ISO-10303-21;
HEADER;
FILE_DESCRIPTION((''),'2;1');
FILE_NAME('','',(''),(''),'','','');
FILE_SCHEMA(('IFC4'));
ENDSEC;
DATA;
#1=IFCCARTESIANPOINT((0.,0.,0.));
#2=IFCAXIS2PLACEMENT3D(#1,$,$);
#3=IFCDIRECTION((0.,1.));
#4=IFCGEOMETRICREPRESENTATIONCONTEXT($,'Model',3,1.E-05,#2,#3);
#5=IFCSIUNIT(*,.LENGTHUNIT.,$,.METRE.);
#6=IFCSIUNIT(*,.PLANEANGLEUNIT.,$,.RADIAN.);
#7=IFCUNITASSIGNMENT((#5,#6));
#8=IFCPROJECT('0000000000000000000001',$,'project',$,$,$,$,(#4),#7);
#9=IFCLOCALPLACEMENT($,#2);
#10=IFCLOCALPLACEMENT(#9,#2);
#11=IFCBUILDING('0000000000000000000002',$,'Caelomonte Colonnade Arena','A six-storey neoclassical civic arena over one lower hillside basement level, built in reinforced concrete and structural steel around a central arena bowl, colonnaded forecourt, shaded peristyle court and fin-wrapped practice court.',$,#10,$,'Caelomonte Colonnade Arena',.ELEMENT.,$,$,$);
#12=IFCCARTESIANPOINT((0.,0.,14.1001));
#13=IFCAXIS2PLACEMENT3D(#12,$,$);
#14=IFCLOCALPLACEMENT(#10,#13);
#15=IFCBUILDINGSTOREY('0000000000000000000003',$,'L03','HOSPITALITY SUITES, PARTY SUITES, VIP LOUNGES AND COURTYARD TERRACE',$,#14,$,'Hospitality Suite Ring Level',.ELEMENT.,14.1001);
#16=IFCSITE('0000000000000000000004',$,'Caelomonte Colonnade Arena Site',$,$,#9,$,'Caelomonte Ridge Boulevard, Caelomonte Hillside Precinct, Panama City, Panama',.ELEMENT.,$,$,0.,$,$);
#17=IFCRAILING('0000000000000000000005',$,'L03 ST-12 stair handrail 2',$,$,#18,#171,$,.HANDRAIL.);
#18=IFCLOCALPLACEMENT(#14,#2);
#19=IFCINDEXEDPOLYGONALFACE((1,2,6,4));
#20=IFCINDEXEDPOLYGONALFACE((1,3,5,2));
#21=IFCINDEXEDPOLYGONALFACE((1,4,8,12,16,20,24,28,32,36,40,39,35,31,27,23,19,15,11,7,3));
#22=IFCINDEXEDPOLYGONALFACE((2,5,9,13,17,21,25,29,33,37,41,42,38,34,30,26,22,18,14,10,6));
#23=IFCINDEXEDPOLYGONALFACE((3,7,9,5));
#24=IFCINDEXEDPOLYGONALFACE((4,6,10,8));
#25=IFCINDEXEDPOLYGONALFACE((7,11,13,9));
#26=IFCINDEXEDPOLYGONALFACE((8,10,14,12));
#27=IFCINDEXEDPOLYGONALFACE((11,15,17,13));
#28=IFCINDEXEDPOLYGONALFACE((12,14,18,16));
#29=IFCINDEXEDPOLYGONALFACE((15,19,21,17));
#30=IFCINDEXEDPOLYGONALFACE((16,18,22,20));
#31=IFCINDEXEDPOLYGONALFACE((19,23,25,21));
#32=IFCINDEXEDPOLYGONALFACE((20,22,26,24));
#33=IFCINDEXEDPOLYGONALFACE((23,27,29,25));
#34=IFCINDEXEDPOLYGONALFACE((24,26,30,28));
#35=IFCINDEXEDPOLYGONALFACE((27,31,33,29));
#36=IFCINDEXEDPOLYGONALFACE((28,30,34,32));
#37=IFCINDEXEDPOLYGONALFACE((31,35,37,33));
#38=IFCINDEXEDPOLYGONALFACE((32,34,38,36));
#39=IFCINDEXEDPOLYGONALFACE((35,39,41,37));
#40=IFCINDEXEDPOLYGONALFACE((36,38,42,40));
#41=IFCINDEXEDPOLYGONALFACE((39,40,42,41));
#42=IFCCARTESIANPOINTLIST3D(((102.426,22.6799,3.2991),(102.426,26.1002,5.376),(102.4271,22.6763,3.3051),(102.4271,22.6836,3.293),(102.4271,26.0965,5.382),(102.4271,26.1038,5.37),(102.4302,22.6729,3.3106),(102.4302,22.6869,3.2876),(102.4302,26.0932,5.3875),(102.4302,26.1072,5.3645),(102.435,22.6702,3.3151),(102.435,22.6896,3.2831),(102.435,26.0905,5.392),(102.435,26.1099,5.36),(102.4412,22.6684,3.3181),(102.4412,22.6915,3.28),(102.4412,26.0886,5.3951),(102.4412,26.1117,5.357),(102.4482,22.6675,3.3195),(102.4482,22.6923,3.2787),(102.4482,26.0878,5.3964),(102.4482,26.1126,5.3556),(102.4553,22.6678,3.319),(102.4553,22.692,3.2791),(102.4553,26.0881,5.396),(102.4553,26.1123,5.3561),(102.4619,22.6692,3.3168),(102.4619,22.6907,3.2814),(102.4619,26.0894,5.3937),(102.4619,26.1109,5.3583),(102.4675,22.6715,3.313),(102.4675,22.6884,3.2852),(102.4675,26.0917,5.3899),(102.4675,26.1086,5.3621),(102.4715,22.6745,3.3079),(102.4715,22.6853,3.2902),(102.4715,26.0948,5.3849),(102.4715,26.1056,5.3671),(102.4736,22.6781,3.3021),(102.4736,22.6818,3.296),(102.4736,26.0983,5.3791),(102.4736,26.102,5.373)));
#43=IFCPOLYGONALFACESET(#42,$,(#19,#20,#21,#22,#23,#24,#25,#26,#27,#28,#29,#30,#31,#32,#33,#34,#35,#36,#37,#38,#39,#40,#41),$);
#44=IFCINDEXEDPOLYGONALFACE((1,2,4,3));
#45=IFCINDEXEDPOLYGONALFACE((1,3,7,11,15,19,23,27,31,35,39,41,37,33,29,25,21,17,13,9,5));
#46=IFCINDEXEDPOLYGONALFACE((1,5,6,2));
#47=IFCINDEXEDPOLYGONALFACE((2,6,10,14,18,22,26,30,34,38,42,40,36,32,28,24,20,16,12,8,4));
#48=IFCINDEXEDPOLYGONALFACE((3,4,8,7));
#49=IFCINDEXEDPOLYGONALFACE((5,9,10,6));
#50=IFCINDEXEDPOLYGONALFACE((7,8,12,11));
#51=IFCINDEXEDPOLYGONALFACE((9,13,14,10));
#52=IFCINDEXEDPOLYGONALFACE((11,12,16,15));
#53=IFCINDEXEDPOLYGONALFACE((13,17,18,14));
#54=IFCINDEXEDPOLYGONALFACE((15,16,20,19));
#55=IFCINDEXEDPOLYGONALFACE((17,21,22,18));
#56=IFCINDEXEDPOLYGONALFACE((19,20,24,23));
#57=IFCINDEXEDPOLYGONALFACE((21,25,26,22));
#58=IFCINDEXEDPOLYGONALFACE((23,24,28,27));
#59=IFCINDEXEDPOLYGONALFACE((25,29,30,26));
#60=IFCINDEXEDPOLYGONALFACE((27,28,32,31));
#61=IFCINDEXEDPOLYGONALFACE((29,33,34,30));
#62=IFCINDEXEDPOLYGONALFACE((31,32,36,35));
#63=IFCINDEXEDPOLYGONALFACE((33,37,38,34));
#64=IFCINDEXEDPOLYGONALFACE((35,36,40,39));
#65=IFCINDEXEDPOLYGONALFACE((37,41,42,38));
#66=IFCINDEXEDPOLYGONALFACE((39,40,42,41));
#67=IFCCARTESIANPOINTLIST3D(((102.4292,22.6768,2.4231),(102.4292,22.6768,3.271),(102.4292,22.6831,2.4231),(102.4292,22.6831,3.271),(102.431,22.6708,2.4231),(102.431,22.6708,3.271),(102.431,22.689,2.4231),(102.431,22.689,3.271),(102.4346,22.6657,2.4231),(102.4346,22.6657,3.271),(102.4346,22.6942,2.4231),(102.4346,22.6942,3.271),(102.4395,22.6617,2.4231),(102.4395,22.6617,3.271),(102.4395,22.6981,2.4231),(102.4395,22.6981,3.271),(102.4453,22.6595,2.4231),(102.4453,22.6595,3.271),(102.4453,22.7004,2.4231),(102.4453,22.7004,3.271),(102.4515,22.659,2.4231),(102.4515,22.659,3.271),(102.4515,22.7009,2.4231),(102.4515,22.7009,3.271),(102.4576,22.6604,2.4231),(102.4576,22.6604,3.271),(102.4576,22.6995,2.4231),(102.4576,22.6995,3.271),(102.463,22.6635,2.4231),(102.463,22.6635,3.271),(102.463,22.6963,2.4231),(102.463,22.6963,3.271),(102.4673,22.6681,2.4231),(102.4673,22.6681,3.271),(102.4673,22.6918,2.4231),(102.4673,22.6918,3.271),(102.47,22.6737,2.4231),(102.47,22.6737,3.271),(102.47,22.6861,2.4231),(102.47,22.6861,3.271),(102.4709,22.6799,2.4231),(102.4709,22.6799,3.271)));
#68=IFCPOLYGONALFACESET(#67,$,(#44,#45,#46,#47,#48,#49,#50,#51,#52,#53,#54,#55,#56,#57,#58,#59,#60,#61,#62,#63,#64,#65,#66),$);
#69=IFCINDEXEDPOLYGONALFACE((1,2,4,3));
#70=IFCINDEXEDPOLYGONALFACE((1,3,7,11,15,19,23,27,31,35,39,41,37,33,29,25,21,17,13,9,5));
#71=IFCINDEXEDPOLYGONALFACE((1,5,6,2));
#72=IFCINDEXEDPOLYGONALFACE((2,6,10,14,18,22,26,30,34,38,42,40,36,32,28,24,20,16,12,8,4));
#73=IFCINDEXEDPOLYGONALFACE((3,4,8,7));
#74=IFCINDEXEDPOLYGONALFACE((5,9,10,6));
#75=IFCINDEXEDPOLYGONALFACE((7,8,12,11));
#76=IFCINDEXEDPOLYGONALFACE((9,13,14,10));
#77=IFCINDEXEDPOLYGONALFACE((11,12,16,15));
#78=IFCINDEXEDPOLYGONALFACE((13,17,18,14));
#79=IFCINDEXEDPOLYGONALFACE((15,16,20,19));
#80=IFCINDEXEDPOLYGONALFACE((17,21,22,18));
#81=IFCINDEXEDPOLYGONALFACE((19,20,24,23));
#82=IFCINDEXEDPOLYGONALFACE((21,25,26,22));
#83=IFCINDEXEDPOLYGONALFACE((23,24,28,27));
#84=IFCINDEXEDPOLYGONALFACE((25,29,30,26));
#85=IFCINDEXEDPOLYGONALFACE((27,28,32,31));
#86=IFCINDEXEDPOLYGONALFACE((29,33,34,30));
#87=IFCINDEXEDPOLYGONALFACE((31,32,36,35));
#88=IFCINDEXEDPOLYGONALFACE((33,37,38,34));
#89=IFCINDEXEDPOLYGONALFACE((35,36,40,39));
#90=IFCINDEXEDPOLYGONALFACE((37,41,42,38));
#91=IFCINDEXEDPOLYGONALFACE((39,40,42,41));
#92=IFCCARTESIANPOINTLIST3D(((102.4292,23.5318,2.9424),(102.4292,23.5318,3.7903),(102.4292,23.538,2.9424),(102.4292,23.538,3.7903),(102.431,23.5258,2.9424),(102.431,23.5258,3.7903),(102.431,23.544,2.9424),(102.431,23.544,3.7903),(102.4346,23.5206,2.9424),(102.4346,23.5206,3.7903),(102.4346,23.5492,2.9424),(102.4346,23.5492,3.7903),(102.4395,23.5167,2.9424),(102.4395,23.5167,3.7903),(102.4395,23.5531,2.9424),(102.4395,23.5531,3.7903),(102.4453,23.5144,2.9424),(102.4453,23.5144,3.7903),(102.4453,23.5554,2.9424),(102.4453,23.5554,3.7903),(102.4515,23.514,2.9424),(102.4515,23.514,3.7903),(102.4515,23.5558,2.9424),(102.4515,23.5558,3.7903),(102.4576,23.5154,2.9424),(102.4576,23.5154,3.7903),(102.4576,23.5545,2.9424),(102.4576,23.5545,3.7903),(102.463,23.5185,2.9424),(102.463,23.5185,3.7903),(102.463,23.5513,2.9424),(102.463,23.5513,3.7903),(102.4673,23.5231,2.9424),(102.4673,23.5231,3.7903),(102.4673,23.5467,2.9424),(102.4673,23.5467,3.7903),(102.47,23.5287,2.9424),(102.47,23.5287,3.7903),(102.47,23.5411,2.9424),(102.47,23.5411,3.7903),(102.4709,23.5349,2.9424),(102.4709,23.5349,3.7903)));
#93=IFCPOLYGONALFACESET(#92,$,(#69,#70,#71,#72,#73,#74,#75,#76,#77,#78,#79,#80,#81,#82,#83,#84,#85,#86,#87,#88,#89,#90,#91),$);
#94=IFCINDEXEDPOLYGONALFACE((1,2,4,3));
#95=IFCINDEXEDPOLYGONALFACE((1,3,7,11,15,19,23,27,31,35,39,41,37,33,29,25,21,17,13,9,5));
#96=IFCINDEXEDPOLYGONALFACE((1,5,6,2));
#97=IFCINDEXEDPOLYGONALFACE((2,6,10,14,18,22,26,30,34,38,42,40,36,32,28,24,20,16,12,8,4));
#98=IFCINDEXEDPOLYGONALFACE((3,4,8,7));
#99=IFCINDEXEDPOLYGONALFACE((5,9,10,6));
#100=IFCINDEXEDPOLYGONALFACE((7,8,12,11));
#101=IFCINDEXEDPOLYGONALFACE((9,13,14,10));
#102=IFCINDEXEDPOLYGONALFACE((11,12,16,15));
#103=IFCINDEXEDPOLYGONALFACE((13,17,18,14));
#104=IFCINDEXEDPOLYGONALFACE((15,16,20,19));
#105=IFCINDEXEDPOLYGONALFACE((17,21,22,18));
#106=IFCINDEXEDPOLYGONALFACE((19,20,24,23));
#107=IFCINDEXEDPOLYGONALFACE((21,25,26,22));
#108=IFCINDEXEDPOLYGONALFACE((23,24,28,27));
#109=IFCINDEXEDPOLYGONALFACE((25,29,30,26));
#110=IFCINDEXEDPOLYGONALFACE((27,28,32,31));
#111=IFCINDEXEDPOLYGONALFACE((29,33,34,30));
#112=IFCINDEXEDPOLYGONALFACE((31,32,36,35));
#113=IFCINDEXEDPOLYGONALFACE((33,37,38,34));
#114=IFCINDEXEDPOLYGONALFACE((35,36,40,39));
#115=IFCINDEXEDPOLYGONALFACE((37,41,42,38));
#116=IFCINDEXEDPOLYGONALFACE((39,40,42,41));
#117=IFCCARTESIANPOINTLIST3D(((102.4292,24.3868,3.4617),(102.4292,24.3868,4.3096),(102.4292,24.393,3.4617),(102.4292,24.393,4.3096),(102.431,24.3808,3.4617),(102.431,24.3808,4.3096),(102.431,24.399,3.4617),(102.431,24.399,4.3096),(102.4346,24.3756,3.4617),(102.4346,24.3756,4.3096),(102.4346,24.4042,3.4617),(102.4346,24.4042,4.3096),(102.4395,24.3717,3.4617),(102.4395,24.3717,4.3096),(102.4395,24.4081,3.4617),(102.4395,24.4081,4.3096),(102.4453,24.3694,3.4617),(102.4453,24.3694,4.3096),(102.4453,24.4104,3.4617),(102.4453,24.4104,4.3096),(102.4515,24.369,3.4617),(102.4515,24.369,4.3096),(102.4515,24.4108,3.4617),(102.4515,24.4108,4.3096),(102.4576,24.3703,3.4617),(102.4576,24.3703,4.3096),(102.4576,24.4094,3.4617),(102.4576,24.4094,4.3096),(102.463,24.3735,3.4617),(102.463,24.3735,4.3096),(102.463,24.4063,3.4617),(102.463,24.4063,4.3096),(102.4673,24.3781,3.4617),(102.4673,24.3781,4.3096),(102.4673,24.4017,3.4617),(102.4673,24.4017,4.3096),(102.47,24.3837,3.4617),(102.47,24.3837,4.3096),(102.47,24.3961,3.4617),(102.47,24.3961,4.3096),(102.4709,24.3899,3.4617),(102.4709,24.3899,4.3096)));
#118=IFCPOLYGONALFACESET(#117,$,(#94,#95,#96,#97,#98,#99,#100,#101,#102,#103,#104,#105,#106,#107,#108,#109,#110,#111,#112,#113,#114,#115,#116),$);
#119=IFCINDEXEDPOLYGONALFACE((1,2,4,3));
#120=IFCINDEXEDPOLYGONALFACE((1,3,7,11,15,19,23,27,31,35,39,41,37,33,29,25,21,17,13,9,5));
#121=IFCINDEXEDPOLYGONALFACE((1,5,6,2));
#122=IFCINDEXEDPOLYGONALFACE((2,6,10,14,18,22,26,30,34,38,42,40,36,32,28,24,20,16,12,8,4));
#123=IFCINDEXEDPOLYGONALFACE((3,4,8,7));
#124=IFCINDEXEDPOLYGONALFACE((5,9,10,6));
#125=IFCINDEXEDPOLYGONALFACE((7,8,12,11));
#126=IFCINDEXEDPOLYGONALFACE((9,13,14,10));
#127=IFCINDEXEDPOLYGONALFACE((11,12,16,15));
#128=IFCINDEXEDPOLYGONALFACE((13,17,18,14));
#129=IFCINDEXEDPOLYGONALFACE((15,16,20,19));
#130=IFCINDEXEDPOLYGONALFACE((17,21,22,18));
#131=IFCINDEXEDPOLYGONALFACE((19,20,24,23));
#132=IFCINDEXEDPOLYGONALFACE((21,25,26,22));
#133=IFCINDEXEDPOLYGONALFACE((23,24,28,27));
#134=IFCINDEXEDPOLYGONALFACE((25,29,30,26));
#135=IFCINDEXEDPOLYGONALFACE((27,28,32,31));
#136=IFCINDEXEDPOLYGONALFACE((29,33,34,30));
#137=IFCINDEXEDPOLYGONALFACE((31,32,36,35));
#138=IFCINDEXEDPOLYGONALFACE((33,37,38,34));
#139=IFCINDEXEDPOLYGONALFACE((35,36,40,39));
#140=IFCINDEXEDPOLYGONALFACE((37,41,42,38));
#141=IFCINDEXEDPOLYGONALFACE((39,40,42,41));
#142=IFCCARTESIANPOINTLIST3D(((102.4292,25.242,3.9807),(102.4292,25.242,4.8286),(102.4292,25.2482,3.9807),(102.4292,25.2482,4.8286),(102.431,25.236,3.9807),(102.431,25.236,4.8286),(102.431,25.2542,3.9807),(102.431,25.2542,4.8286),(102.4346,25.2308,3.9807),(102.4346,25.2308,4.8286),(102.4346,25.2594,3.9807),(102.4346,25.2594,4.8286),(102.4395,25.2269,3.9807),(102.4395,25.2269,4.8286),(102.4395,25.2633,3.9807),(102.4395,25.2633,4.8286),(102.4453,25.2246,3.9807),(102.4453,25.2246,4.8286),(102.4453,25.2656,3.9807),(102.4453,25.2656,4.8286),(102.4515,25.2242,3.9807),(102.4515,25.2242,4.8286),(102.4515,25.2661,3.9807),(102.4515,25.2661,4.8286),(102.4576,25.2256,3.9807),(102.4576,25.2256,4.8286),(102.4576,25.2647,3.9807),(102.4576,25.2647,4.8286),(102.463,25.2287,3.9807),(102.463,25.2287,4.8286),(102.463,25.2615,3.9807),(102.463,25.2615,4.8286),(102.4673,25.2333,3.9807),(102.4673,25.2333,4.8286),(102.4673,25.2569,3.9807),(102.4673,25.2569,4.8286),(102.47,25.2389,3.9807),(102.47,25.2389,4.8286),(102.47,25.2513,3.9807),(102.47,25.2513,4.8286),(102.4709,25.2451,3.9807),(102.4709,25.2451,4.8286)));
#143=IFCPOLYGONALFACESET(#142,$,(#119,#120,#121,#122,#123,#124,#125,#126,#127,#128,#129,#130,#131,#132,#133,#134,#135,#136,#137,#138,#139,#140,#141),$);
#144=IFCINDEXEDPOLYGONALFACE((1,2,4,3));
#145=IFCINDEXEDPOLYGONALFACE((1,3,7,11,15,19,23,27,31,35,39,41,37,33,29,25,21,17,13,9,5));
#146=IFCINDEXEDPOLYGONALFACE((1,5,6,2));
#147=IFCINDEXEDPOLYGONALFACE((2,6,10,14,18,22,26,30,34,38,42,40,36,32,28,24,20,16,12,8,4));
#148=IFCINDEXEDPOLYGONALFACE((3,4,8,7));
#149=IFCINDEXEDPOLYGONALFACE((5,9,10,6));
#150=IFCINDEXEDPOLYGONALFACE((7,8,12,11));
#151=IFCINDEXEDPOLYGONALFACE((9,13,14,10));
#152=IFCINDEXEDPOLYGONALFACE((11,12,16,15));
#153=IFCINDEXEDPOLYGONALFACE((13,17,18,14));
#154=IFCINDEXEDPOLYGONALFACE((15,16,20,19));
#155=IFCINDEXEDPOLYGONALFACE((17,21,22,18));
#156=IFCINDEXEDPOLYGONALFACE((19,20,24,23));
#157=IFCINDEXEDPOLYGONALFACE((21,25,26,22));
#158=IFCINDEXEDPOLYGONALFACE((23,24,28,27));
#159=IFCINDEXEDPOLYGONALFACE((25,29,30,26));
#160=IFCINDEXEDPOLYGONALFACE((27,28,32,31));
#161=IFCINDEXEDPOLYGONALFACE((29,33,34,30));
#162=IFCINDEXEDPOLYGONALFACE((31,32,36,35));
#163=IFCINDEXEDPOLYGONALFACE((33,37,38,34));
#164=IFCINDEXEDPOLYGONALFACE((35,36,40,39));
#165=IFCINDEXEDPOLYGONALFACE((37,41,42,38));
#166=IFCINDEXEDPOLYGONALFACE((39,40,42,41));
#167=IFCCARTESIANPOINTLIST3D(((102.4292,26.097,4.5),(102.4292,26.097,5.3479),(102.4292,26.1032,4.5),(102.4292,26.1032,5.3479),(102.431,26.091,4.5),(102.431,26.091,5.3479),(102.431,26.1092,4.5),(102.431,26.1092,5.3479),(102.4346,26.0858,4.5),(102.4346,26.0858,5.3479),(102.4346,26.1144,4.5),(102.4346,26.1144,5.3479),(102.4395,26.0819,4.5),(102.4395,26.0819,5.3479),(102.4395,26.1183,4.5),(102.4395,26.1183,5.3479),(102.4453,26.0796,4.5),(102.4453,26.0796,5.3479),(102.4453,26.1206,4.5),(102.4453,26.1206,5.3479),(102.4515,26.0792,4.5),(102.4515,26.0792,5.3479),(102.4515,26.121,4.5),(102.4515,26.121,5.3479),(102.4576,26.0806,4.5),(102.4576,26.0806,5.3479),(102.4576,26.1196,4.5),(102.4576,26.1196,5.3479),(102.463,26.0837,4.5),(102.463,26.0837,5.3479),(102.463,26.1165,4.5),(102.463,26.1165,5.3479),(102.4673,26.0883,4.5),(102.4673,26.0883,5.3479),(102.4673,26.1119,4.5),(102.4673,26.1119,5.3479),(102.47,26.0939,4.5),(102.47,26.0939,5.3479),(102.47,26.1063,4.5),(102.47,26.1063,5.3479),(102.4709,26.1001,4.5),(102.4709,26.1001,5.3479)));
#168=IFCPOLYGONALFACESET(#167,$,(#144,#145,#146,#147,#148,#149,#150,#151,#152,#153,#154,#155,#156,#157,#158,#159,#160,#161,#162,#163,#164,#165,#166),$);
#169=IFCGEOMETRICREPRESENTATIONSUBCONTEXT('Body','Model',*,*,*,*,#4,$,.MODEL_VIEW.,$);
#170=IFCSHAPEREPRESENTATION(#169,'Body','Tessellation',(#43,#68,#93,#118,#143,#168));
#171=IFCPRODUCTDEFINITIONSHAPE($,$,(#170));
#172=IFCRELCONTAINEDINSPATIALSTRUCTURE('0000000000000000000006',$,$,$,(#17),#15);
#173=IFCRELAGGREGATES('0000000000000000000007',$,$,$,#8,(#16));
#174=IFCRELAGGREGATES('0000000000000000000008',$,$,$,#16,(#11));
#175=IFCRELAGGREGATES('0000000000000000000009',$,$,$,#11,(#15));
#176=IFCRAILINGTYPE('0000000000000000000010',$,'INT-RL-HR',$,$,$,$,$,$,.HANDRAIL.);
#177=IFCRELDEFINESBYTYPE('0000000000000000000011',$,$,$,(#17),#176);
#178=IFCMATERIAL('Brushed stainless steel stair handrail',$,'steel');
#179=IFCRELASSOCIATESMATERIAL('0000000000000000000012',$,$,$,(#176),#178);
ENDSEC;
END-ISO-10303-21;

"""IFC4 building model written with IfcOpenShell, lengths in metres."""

from ifc_helpers import new_model, si_unit, direction, frame, origin, origin_2d, place, context, subcontext, project, spatial, circle, extrude, material, type_object, element, save


model = new_model("IFC4")

# Units and contexts
model_context = context("Model", 3, precision=1e-05, world=origin(), true_north=direction((0.0, 1.0)))
body_context = subcontext(model_context, "Body", "Model", "MODEL_VIEW")
ifc_project = project(units=[si_unit("LENGTHUNIT", "METRE"), si_unit("PLANEANGLEUNIT", "RADIAN")], contexts=[model_context])

# Site, building, storey
site_placement = place(None, origin())
site = spatial("IfcSite", under=ifc_project, at=site_placement, Name="Caelomonte Colonnade Arena Site", LongName="Caelomonte Ridge Boulevard, Caelomonte Hillside Precinct, Panama City, Panama", CompositionType="ELEMENT", RefElevation=0.0)
building_placement = place(site_placement, origin())
building = spatial("IfcBuilding", under=site, at=building_placement, Name="Caelomonte Colonnade Arena", Description="A six-storey neoclassical civic arena over one lower hillside basement level, built in reinforced concrete and structural steel around a central arena bowl, colonnaded forecourt, shaded peristyle court and fin-wrapped practice court.", LongName="Caelomonte Colonnade Arena", CompositionType="ELEMENT")
storey_placement = place(building_placement, frame((0.0, 0.0, 14.1001)))
storey = spatial("IfcBuildingStorey", under=building, at=storey_placement, Name="L03", Description="HOSPITALITY SUITES, PARTY SUITES, VIP LOUNGES AND COURTYARD TERRACE", LongName="Hospitality Suite Ring Level", CompositionType="ELEMENT", Elevation=14.1001)

# Railing
ifc_material_1 = material(Name="Brushed stainless steel stair handrail", Category="steel")
railing_type_1 = type_object("IfcRailingType", Name="INT-RL-HR", PredefinedType="HANDRAIL", material=ifc_material_1)
railing_1_placement = place(storey_placement, frame((102.45, 22.6799, 2.4231)))
element("IfcRailing", 1, at=railing_1_placement, inside=storey, type_object=railing_type_1, Name="L03 ST-12 stair handrail 2", PredefinedType="HANDRAIL", context=body_context, shape_type="SweptSolid", body=[
    extrude(circle(Radius=0.0239, at=origin_2d()), frame((0.0, 0.0, 0.876), z_axis=(0.0, 0.854746, 0.519047), x_axis=(-1.0, 0.0, 0.0)), (0.0, 0.0, 1.0), 4.0015),
    extrude(circle(Radius=0.021, at=origin_2d()), origin(), (0.0, 0.0, 1.0), 0.8479),
    extrude(circle(Radius=0.021, at=origin_2d()), frame((0.0, 0.855, 0.5193)), (0.0, 0.0, 1.0), 0.8479),
    extrude(circle(Radius=0.021, at=origin_2d()), frame((0.0, 1.71, 1.0386)), (0.0, 0.0, 1.0), 0.8479),
    extrude(circle(Radius=0.021, at=origin_2d()), frame((0.0, 2.5652, 1.5576)), (0.0, 0.0, 1.0), 0.8479),
    extrude(circle(Radius=0.021, at=origin_2d()), frame((0.0, 3.4202, 2.0769)), (0.0, 0.0, 1.0), 0.8479),
])

save(model, "model.ifc")
